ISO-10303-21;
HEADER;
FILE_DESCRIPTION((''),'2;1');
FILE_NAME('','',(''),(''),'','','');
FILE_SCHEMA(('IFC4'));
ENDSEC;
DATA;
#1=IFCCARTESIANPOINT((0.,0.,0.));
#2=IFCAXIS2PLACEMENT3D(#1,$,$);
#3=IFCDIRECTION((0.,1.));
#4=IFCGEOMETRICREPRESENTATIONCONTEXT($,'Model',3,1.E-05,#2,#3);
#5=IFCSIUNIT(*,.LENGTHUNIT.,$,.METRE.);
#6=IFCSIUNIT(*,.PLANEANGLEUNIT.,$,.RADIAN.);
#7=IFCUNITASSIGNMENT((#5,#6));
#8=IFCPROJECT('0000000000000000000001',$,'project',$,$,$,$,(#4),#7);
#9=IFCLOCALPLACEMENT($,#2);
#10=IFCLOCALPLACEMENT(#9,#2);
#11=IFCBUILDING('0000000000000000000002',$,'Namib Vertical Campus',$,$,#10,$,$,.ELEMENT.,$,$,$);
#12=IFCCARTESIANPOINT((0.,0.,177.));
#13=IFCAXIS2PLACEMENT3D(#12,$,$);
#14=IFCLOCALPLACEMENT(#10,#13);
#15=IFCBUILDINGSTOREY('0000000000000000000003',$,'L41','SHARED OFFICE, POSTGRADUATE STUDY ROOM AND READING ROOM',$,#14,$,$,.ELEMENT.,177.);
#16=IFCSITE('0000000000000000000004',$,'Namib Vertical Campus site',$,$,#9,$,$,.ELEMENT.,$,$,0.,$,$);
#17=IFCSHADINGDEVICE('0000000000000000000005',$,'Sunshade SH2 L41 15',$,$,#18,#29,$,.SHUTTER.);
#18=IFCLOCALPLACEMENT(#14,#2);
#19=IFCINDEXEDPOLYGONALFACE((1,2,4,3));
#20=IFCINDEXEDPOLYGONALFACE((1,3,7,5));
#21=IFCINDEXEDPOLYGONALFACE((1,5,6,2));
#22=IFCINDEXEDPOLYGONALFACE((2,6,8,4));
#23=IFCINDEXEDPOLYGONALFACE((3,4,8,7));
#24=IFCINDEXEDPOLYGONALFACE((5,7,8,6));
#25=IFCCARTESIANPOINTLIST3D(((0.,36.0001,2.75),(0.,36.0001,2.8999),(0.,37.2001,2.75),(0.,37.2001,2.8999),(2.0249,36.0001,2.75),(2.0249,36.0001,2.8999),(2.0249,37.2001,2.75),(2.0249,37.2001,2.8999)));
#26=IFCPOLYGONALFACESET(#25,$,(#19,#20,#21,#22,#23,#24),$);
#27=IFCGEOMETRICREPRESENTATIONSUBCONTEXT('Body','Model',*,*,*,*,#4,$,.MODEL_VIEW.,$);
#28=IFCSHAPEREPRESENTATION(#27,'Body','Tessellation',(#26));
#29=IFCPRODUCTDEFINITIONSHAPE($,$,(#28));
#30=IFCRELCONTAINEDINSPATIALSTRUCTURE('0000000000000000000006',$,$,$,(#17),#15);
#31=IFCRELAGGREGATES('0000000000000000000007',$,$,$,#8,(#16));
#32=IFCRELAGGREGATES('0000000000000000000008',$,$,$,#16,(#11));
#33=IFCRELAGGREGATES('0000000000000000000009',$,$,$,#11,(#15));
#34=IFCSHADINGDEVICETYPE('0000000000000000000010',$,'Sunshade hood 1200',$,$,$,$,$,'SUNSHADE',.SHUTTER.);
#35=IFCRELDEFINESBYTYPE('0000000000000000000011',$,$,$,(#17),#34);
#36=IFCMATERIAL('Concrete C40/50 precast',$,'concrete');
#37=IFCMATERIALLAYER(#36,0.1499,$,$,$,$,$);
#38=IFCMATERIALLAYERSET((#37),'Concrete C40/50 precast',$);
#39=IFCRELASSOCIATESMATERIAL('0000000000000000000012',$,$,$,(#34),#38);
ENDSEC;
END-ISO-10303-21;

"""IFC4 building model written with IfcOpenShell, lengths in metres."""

from ifc_helpers import new_model, si_unit, direction, frame, origin, origin_2d, place, context, subcontext, project, spatial, rectangle, extrude, material, layer, layer_set, type_object, element, save


model = new_model("IFC4")

# Units and contexts
model_context = context("Model", 3, precision=1e-05, world=origin(), true_north=direction((0.0, 1.0)))
body_context = subcontext(model_context, "Body", "Model", "MODEL_VIEW")
ifc_project = project(units=[si_unit("LENGTHUNIT", "METRE"), si_unit("PLANEANGLEUNIT", "RADIAN")], contexts=[model_context])

# Site, building, storey
site_placement = place(None, origin())
site = spatial("IfcSite", under=ifc_project, at=site_placement, Name="Namib Vertical Campus site", CompositionType="ELEMENT", RefElevation=0.0)
building_placement = place(site_placement, origin())
building = spatial("IfcBuilding", under=site, at=building_placement, Name="Namib Vertical Campus", CompositionType="ELEMENT")
storey_placement = place(building_placement, frame((0.0, 0.0, 177.0)))
storey = spatial("IfcBuildingStorey", under=building, at=storey_placement, Name="L41", Description="SHARED OFFICE, POSTGRADUATE STUDY ROOM AND READING ROOM", CompositionType="ELEMENT", Elevation=177.0)

# Shading device
ifc_material_1 = material(Name="Concrete C40/50 precast", Category="concrete")
ifc_layer_1 = layer(ifc_material_1, 0.1499)
ifc_layer_set_1 = layer_set([ifc_layer_1], Name="Concrete C40/50 precast")
shading_device_type = type_object("IfcShadingDeviceType", Name="Sunshade hood 1200", ElementType="SUNSHADE", PredefinedType="SHUTTER", material=ifc_layer_set_1)
for number, where, z_axis, x_axis, name in (
    (1, (1.0125, 36.6001, 2.75), (0.0, 0.0, 1.0), (-1.0, 0.0, 0.0), "Sunshade SH2 L41 15"),
):
    element("IfcShadingDevice", number, at=place(storey_placement, frame(where, z_axis=z_axis, x_axis=x_axis)), inside=storey, type_object=shading_device_type, Name=name, PredefinedType="SHUTTER", context=body_context, shape_type="SweptSolid", body=[
        extrude(rectangle(XDim=2.0249, YDim=1.2, at=origin_2d()), origin(), (0.0, 0.0, 1.0), 0.1499),
    ])

save(model, "model.ifc")
